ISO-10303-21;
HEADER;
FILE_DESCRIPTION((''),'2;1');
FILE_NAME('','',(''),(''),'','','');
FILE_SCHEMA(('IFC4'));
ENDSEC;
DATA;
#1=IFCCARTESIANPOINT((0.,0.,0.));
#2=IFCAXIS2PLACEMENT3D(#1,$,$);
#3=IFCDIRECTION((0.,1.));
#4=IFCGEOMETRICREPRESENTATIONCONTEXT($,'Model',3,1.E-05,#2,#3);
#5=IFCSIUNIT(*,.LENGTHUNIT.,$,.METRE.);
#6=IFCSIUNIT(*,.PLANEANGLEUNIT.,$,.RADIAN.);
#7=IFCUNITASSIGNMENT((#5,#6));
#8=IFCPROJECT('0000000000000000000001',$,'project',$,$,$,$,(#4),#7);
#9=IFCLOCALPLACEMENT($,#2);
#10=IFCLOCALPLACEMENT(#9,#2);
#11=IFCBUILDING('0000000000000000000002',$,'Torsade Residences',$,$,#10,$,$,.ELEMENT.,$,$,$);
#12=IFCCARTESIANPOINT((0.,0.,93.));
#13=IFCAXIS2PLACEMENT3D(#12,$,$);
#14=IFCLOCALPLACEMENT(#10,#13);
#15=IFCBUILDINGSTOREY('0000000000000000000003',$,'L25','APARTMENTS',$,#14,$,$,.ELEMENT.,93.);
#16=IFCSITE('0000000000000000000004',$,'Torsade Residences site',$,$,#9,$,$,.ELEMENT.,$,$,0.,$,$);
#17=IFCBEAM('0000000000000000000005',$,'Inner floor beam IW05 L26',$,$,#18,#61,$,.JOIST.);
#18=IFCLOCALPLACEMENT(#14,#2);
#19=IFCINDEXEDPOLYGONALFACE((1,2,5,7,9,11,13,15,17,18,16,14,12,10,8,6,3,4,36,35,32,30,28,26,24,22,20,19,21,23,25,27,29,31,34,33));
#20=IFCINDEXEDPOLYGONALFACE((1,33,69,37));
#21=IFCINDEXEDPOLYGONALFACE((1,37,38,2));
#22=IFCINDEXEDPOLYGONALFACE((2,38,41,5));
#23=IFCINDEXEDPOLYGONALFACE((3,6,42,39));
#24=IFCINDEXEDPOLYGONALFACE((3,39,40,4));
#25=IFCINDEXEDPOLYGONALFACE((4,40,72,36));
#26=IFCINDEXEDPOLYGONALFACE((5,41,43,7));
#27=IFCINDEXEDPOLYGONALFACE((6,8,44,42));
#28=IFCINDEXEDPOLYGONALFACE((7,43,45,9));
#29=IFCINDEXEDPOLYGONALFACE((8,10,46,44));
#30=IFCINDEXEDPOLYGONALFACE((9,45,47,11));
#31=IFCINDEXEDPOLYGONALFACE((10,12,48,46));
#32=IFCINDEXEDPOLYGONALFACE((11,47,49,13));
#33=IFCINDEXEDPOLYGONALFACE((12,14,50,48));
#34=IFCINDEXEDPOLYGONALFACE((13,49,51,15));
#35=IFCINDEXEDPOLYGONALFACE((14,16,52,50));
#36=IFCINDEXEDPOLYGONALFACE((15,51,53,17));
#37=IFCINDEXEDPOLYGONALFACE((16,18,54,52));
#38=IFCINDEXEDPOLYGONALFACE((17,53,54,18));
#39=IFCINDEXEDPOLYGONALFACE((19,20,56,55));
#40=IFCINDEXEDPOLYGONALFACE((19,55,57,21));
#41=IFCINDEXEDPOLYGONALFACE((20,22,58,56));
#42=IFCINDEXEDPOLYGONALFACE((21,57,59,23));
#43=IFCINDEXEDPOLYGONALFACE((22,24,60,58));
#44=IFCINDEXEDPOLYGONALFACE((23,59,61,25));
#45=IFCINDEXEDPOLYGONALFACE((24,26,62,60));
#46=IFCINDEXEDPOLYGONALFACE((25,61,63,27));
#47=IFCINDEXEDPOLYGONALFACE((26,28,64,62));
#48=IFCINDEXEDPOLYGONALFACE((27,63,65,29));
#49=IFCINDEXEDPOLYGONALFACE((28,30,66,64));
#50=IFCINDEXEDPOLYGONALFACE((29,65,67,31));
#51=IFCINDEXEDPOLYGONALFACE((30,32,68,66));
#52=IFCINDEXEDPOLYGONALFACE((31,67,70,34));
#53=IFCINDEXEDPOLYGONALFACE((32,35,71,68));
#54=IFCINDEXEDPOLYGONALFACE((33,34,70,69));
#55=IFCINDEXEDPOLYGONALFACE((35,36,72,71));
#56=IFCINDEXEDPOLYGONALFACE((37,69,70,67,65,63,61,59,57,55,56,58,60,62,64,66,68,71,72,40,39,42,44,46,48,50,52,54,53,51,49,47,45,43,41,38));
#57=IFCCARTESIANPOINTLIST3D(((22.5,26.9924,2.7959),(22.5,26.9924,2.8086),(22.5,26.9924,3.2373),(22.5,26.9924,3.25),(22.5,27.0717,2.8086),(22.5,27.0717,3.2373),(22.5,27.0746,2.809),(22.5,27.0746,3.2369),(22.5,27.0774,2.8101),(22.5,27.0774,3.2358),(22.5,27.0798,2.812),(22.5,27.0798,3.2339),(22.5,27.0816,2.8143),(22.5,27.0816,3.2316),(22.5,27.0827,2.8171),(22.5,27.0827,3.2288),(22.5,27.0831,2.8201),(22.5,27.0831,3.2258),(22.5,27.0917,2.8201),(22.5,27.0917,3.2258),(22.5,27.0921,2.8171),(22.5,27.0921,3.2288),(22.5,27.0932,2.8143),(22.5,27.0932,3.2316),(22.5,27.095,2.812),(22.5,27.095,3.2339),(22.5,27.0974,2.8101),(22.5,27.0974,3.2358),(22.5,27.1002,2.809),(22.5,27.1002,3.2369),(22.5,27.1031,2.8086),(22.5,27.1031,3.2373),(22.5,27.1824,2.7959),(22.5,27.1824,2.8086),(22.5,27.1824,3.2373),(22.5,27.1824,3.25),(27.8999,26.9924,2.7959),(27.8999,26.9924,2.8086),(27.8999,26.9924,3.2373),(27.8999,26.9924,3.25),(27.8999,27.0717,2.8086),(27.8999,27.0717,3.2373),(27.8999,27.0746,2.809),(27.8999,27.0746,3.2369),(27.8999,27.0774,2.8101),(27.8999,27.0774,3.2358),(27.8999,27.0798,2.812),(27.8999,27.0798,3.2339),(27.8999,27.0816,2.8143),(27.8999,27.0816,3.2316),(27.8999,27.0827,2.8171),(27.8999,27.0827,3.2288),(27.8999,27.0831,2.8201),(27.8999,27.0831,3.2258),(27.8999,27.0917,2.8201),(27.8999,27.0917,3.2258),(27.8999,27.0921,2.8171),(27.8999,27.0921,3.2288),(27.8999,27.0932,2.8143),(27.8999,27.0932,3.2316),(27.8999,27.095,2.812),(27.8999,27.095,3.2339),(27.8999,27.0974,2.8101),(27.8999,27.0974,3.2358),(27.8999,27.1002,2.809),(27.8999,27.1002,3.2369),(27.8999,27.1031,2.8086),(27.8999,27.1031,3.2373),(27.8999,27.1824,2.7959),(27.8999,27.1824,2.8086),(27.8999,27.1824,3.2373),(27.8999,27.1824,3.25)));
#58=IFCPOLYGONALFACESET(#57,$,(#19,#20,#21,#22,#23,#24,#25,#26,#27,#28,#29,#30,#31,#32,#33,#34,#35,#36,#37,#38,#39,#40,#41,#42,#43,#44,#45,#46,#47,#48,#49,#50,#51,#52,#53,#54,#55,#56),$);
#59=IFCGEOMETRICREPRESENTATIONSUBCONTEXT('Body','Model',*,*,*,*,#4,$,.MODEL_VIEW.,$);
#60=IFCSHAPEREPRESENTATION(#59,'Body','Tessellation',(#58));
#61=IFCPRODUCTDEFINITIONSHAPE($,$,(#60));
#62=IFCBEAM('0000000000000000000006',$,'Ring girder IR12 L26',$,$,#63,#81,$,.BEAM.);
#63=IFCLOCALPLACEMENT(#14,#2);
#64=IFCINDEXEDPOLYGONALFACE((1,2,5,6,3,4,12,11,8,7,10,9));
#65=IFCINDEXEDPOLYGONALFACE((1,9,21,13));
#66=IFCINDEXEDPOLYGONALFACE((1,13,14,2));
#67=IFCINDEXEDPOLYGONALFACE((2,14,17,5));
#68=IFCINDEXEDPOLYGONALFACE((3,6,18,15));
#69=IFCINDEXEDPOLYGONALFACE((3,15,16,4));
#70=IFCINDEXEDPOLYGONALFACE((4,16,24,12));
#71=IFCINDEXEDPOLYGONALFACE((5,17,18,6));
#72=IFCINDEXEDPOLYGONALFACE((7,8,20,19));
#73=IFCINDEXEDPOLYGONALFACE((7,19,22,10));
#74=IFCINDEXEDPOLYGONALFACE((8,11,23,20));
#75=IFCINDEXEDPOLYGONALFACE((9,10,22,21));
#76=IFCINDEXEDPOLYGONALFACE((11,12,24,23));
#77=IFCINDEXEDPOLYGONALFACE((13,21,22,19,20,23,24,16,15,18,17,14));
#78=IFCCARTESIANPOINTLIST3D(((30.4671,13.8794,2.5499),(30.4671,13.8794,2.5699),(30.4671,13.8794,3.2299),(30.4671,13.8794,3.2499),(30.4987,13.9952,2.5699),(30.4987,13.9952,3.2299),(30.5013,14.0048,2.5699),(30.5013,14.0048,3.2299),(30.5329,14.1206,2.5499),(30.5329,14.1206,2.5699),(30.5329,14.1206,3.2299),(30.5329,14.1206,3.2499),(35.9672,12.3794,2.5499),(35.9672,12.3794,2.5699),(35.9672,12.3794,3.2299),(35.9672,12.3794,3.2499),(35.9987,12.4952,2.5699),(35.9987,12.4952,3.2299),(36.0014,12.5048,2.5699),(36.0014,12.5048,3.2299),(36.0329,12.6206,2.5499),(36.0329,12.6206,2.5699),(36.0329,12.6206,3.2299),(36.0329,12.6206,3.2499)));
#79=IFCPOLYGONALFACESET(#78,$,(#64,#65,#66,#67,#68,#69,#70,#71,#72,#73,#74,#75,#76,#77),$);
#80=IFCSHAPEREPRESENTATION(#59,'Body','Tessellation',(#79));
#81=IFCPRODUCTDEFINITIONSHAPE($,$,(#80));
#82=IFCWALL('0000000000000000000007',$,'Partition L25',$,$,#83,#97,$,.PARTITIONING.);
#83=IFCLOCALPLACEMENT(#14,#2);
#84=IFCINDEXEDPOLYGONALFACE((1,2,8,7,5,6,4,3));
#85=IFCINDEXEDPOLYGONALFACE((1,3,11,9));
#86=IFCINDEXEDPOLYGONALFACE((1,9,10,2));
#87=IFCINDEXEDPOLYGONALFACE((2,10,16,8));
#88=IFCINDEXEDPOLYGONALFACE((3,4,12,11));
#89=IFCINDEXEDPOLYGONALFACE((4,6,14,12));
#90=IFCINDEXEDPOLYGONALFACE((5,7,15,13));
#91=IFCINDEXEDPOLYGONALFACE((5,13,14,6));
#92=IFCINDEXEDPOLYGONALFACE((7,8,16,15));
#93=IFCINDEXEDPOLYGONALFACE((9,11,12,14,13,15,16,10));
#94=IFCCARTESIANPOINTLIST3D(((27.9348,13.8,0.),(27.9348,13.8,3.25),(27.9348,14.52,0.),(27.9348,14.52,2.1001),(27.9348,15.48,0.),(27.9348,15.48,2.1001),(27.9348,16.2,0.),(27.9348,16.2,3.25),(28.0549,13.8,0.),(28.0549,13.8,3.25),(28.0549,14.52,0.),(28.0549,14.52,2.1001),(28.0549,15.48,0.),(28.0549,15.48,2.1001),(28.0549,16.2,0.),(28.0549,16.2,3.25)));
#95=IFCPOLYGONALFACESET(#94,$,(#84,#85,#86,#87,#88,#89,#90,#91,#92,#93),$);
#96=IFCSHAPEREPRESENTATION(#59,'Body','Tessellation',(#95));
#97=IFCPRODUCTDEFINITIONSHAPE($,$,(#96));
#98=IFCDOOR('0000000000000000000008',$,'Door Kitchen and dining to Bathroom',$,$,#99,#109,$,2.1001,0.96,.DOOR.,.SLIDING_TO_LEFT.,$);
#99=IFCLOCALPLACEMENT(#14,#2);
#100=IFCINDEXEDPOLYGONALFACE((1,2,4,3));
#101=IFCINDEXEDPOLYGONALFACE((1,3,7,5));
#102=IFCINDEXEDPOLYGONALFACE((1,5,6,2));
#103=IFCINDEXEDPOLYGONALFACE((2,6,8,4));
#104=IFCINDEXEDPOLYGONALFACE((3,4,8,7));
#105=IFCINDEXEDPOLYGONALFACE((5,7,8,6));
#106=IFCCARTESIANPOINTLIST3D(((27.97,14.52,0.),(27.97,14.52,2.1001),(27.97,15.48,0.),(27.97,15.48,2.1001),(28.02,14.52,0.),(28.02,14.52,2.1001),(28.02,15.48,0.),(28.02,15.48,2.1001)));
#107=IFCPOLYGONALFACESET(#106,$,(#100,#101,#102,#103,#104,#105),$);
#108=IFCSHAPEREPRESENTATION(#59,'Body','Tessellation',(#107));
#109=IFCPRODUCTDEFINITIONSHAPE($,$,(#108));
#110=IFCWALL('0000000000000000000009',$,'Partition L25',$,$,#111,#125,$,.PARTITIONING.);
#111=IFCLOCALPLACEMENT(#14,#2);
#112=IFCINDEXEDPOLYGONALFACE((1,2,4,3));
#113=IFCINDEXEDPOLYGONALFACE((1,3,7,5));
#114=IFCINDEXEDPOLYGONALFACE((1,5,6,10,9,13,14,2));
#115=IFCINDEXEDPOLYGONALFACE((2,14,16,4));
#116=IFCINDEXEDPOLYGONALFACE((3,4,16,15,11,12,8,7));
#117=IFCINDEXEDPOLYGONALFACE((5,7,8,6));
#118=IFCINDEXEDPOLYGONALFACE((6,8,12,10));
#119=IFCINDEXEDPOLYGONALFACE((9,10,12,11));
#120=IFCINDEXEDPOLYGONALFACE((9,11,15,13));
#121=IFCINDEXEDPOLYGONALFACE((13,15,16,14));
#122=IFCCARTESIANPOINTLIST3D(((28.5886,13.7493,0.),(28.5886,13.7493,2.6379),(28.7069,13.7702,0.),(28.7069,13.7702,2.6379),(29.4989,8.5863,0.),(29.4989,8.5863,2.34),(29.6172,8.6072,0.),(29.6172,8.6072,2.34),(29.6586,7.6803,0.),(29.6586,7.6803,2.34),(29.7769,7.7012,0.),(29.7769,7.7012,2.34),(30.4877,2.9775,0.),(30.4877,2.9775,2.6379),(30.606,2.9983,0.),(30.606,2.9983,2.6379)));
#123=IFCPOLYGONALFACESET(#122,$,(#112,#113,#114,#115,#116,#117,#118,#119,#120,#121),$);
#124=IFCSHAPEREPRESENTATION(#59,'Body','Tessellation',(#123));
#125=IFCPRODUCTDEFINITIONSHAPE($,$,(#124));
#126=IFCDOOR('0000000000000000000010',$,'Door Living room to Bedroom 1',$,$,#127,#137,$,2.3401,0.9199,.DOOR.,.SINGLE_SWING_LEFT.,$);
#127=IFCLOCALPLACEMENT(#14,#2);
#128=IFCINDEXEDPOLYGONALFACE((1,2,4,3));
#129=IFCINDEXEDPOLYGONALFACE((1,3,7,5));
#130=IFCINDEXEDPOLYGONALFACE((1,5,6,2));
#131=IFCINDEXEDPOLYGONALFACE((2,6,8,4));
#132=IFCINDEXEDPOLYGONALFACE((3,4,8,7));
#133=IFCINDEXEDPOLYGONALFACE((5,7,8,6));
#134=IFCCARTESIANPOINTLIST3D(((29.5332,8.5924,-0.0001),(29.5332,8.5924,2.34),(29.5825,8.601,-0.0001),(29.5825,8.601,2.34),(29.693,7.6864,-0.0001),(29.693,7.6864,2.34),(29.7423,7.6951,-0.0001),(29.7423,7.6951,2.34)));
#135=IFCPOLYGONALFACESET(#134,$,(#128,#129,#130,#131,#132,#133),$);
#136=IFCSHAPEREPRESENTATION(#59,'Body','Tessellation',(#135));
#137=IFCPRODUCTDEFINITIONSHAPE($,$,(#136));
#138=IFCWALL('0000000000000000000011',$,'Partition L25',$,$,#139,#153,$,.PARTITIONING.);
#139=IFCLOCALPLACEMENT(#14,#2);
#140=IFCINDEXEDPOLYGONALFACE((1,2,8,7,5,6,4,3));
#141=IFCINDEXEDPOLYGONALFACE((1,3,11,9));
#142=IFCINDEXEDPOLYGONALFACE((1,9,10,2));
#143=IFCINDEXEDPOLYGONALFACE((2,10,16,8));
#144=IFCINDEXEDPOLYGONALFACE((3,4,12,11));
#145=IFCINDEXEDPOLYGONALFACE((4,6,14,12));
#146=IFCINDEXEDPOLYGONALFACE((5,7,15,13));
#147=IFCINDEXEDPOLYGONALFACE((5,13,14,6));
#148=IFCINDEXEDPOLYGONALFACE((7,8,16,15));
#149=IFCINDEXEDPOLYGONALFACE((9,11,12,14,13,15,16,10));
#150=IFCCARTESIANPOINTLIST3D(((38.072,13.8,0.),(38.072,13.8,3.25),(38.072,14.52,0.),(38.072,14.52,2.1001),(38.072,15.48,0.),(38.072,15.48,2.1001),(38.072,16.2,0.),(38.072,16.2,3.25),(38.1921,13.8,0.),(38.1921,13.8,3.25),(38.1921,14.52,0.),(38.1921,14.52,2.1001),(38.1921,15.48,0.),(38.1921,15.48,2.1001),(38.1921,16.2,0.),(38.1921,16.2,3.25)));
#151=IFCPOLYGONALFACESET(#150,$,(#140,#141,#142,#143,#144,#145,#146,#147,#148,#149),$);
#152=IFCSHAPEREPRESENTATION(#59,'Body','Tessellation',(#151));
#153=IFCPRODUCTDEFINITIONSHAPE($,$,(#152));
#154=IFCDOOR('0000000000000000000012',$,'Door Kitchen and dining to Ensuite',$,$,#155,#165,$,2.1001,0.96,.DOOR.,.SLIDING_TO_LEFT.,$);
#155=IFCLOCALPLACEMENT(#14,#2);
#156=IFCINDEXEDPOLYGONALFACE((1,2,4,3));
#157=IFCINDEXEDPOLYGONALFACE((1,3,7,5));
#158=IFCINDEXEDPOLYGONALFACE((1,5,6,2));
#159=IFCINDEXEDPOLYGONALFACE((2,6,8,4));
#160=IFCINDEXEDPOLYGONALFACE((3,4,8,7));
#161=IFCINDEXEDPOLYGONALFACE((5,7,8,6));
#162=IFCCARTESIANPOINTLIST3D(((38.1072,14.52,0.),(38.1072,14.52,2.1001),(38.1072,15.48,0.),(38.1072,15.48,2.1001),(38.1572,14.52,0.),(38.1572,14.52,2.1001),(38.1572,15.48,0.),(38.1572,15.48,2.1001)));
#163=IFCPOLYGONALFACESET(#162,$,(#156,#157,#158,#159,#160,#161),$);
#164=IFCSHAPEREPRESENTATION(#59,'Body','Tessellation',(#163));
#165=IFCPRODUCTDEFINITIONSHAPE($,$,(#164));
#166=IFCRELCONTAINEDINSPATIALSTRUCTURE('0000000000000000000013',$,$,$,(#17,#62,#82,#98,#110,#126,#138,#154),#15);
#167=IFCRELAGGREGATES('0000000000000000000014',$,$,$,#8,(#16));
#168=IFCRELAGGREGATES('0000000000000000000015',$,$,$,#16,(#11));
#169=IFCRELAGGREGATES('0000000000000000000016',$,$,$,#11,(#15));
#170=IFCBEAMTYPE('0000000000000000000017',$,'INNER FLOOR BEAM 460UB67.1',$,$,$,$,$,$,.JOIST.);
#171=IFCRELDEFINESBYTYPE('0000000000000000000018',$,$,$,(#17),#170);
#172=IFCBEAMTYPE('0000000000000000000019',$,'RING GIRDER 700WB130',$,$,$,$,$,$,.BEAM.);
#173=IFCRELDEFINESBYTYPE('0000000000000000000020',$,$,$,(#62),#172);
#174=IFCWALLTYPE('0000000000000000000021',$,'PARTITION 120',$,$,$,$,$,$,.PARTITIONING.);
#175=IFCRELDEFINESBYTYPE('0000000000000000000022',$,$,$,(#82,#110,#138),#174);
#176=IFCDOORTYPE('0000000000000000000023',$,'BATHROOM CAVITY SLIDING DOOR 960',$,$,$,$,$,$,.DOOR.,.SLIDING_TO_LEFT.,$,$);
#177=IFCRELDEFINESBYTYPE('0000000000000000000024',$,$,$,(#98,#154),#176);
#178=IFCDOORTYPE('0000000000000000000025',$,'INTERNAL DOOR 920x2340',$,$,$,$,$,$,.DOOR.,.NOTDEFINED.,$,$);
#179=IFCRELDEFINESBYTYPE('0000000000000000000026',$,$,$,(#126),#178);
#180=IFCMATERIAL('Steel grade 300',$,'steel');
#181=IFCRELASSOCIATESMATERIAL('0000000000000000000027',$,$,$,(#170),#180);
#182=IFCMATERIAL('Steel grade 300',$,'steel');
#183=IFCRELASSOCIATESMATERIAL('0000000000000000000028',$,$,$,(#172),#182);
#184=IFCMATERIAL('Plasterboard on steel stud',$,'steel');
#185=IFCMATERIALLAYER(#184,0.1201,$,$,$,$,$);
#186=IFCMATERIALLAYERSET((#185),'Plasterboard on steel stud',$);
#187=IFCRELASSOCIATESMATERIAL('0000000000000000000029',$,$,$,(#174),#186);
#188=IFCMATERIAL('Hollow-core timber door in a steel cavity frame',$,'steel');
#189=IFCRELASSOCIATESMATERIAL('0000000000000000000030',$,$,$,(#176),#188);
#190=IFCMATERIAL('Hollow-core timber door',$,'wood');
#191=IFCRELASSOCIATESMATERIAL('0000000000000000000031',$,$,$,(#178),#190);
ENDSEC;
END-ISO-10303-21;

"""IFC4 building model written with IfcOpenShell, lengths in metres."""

from ifc_helpers import new_model, si_unit, direction, frame, frame_2d, origin, origin_2d, place, context, subcontext, project, spatial, rectangle, i_section, extrude, material, layer, layer_set, material_profile, profile_set, type_object, element, fill, save


model = new_model("IFC4")

# Units and contexts
model_context = context("Model", 3, precision=1e-05, world=origin(), true_north=direction((0.0, 1.0)))
body_context = subcontext(model_context, "Body", "Model", "MODEL_VIEW")
ifc_project = project(units=[si_unit("LENGTHUNIT", "METRE"), si_unit("PLANEANGLEUNIT", "RADIAN")], contexts=[model_context])

# Site, building, storey
site_placement = place(None, origin())
site = spatial("IfcSite", under=ifc_project, at=site_placement, Name="Torsade Residences site", CompositionType="ELEMENT", RefElevation=0.0)
building_placement = place(site_placement, origin())
building = spatial("IfcBuilding", under=site, at=building_placement, Name="Torsade Residences", CompositionType="ELEMENT")
storey_placement = place(building_placement, frame((0.0, 0.0, 93.0)))
storey = spatial("IfcBuildingStorey", under=building, at=storey_placement, Name="L25", Description="APARTMENTS", CompositionType="ELEMENT", Elevation=93.0)

# Beams
ifc_material_1 = material(Name="Steel grade 300", Category="steel")
ifc_material_profile_1 = material_profile(ifc_material_1, i_section(OverallWidth=0.1899, OverallDepth=0.4541, WebThickness=0.0085, FlangeThickness=0.0127, FilletRadius=0.0115, at=origin_2d()), Name="460UB67.1")
ifc_profile_set_1 = profile_set([ifc_material_profile_1], Name="Steel grade 300")
beam_type_1 = type_object("IfcBeamType", Name="INNER FLOOR BEAM 460UB67.1", PredefinedType="JOIST", material=ifc_profile_set_1)
beam_1_placement = place(storey_placement, frame((27.8999, 27.0874, 3.0229), z_axis=(-1.0, 0.0, 0.0), x_axis=(0.0, -1.0, 0.0)))
element("IfcBeam", 1, at=beam_1_placement, inside=storey, type_object=beam_type_1, Name="Inner floor beam IW05 L26", PredefinedType="JOIST", context=body_context, shape_type="SweptSolid", body=[
    extrude(i_section(OverallWidth=0.1899, OverallDepth=0.4541, WebThickness=0.0085, FlangeThickness=0.0127, FilletRadius=0.0115, at=origin_2d()), origin(), (0.0, 0.0, 1.0), 5.3999),
])
ifc_material_2 = material(Name="Steel grade 300", Category="steel")
ifc_material_profile_2 = material_profile(ifc_material_2, i_section(OverallWidth=0.25, OverallDepth=0.7, WebThickness=0.01, FlangeThickness=0.02, at=origin_2d()), Name="700WB130")
ifc_profile_set_2 = profile_set([ifc_material_profile_2], Name="Steel grade 300")
beam_type_2 = type_object("IfcBeamType", Name="RING GIRDER 700WB130", PredefinedType="BEAM", material=ifc_profile_set_2)
beam_2_placement = place(storey_placement, frame((30.5, 14.0, 2.8999), z_axis=(0.964764, -0.263117, 0.0), x_axis=(0.263117, 0.964764, 0.0)))
element("IfcBeam", 2, at=beam_2_placement, inside=storey, type_object=beam_type_2, Name="Ring girder IR12 L26", PredefinedType="BEAM", context=body_context, shape_type="SweptSolid", body=[
    extrude(i_section(OverallWidth=0.25, OverallDepth=0.7, WebThickness=0.01, FlangeThickness=0.02, at=origin_2d()), origin(), (0.0, 0.0, 1.0), 5.7009),
])

# Walls, openings, doors
ifc_material_3 = material(Name="Plasterboard on steel stud", Category="steel")
ifc_layer_1 = layer(ifc_material_3, 0.1201)
ifc_layer_set_1 = layer_set([ifc_layer_1], Name="Plasterboard on steel stud")
wall_type_1 = type_object("IfcWallType", Name="PARTITION 120", PredefinedType="PARTITIONING", material=ifc_layer_set_1)
wall_1_placement = place(storey_placement, frame((27.9949, 13.8, 0.0), z_axis=(0.0, 0.0, 1.0), x_axis=(0.0, 1.0, 0.0)))
wall_1 = element("IfcWall", 3, at=wall_1_placement, inside=storey, type_object=wall_type_1, Name="Partition L25", PredefinedType="PARTITIONING", context=body_context, shape_type="SweptSolid", body=[
    extrude(rectangle(XDim=2.3999, YDim=0.1201, at=frame_2d((1.2, 0.0))), origin(), (0.0, 0.0, 1.0), 3.25),
])
opening_1_placement = place(wall_1_placement, frame((0.72, 0.0, 0.0)))
opening_1 = element("IfcOpeningElement", 4, at=opening_1_placement, cuts=wall_1, PredefinedType="OPENING", context=body_context, shape_type="SweptSolid", body=[
    extrude(rectangle(XDim=0.96, YDim=2.1001, at=frame_2d((0.48, 1.05))), frame((0.0, 0.0701, 0.0), z_axis=(0.0, -1.0, 0.0), x_axis=(1.0, 0.0, 0.0)), (0.0, 0.0, 1.0), 0.1401),
])
ifc_material_4 = material(Name="Hollow-core timber door in a steel cavity frame", Category="steel")
door_type_1 = type_object("IfcDoorType", Name="BATHROOM CAVITY SLIDING DOOR 960", OperationType="SLIDING_TO_LEFT", PredefinedType="DOOR", material=ifc_material_4)
door_1_placement = place(opening_1_placement, origin())
door_1 = element("IfcDoor", 5, at=door_1_placement, inside=storey, type_object=door_type_1, Name="Door Kitchen and dining to Bathroom", OperationType="SLIDING_TO_LEFT", OverallHeight=2.1001, OverallWidth=0.96, PredefinedType="DOOR", context=body_context, shape_type="SweptSolid", body=[
    extrude(rectangle(XDim=0.96, YDim=2.1001, at=frame_2d((0.48, 1.05))), frame((0.0, 0.0249, 0.0), z_axis=(0.0, -1.0, 0.0), x_axis=(1.0, 0.0, 0.0)), (0.0, 0.0, 1.0), 0.05),
])
fill(opening_1, door_1)
wall_2_placement = place(storey_placement, frame((28.6477, 13.7598, 0.0), z_axis=(0.0, 0.0, 1.0), x_axis=(0.173633, -0.984811, 0.0)))
wall_2 = element("IfcWall", 6, at=wall_2_placement, inside=storey, type_object=wall_type_1, Name="Partition L25", PredefinedType="PARTITIONING", context=body_context, shape_type="SweptSolid", body=[
    extrude(rectangle(XDim=10.938, YDim=0.1201, at=frame_2d((5.469, 0.0))), origin(), (0.0, 0.0, 1.0), 2.6379),
])
opening_2_placement = place(wall_2_placement, frame((5.2427, 0.0, 0.0)))
opening_2 = element("IfcOpeningElement", 7, at=opening_2_placement, cuts=wall_2, PredefinedType="OPENING", context=body_context, shape_type="SweptSolid", body=[
    extrude(rectangle(XDim=0.9199, YDim=2.3401, at=frame_2d((0.46, 1.1699))), frame((0.0, 0.0701, 0.0), z_axis=(0.0, -1.0, 0.0), x_axis=(1.0, 0.0, 0.0)), (0.0, 0.0, 1.0), 0.1401),
])
ifc_material_5 = material(Name="Hollow-core timber door", Category="wood")
door_type_2 = type_object("IfcDoorType", Name="INTERNAL DOOR 920x2340", OperationType="NOTDEFINED", PredefinedType="DOOR", material=ifc_material_5)
door_2_placement = place(opening_2_placement, origin())
door_2 = element("IfcDoor", 8, at=door_2_placement, inside=storey, type_object=door_type_2, Name="Door Living room to Bedroom 1", OperationType="SINGLE_SWING_LEFT", OverallHeight=2.3401, OverallWidth=0.9199, PredefinedType="DOOR", context=body_context, shape_type="SweptSolid", body=[
    extrude(rectangle(XDim=0.9199, YDim=2.3401, at=frame_2d((0.46, 1.1699))), frame((0.0, 0.0249, 0.0), z_axis=(0.0, -1.0, 0.0), x_axis=(1.0, 0.0, 0.0)), (0.0, 0.0, 1.0), 0.05),
])
fill(opening_2, door_2)
wall_3_placement = place(storey_placement, frame((38.1321, 13.8, 0.0), z_axis=(0.0, 0.0, 1.0), x_axis=(0.0, 1.0, 0.0)))
wall_3 = element("IfcWall", 9, at=wall_3_placement, inside=storey, type_object=wall_type_1, Name="Partition L25", PredefinedType="PARTITIONING", context=body_context, shape_type="SweptSolid", body=[
    extrude(rectangle(XDim=2.3999, YDim=0.1201, at=frame_2d((1.2, 0.0))), origin(), (0.0, 0.0, 1.0), 3.25),
])
opening_3_placement = place(wall_3_placement, frame((0.72, 0.0, 0.0)))
opening_3 = element("IfcOpeningElement", 10, at=opening_3_placement, cuts=wall_3, PredefinedType="OPENING", context=body_context, shape_type="SweptSolid", body=[
    extrude(rectangle(XDim=0.96, YDim=2.1001, at=frame_2d((0.48, 1.05))), frame((0.0, 0.0701, 0.0), z_axis=(0.0, -1.0, 0.0), x_axis=(1.0, 0.0, 0.0)), (0.0, 0.0, 1.0), 0.1401),
])
door_3_placement = place(opening_3_placement, origin())
door_3 = element("IfcDoor", 11, at=door_3_placement, inside=storey, type_object=door_type_1, Name="Door Kitchen and dining to Ensuite", OperationType="SLIDING_TO_LEFT", OverallHeight=2.1001, OverallWidth=0.96, PredefinedType="DOOR", context=body_context, shape_type="SweptSolid", body=[
    extrude(rectangle(XDim=0.96, YDim=2.1001, at=frame_2d((0.48, 1.05))), frame((0.0, 0.0249, 0.0), z_axis=(0.0, -1.0, 0.0), x_axis=(1.0, 0.0, 0.0)), (0.0, 0.0, 1.0), 0.05),
])
fill(opening_3, door_3)

save(model, "model.ifc")
